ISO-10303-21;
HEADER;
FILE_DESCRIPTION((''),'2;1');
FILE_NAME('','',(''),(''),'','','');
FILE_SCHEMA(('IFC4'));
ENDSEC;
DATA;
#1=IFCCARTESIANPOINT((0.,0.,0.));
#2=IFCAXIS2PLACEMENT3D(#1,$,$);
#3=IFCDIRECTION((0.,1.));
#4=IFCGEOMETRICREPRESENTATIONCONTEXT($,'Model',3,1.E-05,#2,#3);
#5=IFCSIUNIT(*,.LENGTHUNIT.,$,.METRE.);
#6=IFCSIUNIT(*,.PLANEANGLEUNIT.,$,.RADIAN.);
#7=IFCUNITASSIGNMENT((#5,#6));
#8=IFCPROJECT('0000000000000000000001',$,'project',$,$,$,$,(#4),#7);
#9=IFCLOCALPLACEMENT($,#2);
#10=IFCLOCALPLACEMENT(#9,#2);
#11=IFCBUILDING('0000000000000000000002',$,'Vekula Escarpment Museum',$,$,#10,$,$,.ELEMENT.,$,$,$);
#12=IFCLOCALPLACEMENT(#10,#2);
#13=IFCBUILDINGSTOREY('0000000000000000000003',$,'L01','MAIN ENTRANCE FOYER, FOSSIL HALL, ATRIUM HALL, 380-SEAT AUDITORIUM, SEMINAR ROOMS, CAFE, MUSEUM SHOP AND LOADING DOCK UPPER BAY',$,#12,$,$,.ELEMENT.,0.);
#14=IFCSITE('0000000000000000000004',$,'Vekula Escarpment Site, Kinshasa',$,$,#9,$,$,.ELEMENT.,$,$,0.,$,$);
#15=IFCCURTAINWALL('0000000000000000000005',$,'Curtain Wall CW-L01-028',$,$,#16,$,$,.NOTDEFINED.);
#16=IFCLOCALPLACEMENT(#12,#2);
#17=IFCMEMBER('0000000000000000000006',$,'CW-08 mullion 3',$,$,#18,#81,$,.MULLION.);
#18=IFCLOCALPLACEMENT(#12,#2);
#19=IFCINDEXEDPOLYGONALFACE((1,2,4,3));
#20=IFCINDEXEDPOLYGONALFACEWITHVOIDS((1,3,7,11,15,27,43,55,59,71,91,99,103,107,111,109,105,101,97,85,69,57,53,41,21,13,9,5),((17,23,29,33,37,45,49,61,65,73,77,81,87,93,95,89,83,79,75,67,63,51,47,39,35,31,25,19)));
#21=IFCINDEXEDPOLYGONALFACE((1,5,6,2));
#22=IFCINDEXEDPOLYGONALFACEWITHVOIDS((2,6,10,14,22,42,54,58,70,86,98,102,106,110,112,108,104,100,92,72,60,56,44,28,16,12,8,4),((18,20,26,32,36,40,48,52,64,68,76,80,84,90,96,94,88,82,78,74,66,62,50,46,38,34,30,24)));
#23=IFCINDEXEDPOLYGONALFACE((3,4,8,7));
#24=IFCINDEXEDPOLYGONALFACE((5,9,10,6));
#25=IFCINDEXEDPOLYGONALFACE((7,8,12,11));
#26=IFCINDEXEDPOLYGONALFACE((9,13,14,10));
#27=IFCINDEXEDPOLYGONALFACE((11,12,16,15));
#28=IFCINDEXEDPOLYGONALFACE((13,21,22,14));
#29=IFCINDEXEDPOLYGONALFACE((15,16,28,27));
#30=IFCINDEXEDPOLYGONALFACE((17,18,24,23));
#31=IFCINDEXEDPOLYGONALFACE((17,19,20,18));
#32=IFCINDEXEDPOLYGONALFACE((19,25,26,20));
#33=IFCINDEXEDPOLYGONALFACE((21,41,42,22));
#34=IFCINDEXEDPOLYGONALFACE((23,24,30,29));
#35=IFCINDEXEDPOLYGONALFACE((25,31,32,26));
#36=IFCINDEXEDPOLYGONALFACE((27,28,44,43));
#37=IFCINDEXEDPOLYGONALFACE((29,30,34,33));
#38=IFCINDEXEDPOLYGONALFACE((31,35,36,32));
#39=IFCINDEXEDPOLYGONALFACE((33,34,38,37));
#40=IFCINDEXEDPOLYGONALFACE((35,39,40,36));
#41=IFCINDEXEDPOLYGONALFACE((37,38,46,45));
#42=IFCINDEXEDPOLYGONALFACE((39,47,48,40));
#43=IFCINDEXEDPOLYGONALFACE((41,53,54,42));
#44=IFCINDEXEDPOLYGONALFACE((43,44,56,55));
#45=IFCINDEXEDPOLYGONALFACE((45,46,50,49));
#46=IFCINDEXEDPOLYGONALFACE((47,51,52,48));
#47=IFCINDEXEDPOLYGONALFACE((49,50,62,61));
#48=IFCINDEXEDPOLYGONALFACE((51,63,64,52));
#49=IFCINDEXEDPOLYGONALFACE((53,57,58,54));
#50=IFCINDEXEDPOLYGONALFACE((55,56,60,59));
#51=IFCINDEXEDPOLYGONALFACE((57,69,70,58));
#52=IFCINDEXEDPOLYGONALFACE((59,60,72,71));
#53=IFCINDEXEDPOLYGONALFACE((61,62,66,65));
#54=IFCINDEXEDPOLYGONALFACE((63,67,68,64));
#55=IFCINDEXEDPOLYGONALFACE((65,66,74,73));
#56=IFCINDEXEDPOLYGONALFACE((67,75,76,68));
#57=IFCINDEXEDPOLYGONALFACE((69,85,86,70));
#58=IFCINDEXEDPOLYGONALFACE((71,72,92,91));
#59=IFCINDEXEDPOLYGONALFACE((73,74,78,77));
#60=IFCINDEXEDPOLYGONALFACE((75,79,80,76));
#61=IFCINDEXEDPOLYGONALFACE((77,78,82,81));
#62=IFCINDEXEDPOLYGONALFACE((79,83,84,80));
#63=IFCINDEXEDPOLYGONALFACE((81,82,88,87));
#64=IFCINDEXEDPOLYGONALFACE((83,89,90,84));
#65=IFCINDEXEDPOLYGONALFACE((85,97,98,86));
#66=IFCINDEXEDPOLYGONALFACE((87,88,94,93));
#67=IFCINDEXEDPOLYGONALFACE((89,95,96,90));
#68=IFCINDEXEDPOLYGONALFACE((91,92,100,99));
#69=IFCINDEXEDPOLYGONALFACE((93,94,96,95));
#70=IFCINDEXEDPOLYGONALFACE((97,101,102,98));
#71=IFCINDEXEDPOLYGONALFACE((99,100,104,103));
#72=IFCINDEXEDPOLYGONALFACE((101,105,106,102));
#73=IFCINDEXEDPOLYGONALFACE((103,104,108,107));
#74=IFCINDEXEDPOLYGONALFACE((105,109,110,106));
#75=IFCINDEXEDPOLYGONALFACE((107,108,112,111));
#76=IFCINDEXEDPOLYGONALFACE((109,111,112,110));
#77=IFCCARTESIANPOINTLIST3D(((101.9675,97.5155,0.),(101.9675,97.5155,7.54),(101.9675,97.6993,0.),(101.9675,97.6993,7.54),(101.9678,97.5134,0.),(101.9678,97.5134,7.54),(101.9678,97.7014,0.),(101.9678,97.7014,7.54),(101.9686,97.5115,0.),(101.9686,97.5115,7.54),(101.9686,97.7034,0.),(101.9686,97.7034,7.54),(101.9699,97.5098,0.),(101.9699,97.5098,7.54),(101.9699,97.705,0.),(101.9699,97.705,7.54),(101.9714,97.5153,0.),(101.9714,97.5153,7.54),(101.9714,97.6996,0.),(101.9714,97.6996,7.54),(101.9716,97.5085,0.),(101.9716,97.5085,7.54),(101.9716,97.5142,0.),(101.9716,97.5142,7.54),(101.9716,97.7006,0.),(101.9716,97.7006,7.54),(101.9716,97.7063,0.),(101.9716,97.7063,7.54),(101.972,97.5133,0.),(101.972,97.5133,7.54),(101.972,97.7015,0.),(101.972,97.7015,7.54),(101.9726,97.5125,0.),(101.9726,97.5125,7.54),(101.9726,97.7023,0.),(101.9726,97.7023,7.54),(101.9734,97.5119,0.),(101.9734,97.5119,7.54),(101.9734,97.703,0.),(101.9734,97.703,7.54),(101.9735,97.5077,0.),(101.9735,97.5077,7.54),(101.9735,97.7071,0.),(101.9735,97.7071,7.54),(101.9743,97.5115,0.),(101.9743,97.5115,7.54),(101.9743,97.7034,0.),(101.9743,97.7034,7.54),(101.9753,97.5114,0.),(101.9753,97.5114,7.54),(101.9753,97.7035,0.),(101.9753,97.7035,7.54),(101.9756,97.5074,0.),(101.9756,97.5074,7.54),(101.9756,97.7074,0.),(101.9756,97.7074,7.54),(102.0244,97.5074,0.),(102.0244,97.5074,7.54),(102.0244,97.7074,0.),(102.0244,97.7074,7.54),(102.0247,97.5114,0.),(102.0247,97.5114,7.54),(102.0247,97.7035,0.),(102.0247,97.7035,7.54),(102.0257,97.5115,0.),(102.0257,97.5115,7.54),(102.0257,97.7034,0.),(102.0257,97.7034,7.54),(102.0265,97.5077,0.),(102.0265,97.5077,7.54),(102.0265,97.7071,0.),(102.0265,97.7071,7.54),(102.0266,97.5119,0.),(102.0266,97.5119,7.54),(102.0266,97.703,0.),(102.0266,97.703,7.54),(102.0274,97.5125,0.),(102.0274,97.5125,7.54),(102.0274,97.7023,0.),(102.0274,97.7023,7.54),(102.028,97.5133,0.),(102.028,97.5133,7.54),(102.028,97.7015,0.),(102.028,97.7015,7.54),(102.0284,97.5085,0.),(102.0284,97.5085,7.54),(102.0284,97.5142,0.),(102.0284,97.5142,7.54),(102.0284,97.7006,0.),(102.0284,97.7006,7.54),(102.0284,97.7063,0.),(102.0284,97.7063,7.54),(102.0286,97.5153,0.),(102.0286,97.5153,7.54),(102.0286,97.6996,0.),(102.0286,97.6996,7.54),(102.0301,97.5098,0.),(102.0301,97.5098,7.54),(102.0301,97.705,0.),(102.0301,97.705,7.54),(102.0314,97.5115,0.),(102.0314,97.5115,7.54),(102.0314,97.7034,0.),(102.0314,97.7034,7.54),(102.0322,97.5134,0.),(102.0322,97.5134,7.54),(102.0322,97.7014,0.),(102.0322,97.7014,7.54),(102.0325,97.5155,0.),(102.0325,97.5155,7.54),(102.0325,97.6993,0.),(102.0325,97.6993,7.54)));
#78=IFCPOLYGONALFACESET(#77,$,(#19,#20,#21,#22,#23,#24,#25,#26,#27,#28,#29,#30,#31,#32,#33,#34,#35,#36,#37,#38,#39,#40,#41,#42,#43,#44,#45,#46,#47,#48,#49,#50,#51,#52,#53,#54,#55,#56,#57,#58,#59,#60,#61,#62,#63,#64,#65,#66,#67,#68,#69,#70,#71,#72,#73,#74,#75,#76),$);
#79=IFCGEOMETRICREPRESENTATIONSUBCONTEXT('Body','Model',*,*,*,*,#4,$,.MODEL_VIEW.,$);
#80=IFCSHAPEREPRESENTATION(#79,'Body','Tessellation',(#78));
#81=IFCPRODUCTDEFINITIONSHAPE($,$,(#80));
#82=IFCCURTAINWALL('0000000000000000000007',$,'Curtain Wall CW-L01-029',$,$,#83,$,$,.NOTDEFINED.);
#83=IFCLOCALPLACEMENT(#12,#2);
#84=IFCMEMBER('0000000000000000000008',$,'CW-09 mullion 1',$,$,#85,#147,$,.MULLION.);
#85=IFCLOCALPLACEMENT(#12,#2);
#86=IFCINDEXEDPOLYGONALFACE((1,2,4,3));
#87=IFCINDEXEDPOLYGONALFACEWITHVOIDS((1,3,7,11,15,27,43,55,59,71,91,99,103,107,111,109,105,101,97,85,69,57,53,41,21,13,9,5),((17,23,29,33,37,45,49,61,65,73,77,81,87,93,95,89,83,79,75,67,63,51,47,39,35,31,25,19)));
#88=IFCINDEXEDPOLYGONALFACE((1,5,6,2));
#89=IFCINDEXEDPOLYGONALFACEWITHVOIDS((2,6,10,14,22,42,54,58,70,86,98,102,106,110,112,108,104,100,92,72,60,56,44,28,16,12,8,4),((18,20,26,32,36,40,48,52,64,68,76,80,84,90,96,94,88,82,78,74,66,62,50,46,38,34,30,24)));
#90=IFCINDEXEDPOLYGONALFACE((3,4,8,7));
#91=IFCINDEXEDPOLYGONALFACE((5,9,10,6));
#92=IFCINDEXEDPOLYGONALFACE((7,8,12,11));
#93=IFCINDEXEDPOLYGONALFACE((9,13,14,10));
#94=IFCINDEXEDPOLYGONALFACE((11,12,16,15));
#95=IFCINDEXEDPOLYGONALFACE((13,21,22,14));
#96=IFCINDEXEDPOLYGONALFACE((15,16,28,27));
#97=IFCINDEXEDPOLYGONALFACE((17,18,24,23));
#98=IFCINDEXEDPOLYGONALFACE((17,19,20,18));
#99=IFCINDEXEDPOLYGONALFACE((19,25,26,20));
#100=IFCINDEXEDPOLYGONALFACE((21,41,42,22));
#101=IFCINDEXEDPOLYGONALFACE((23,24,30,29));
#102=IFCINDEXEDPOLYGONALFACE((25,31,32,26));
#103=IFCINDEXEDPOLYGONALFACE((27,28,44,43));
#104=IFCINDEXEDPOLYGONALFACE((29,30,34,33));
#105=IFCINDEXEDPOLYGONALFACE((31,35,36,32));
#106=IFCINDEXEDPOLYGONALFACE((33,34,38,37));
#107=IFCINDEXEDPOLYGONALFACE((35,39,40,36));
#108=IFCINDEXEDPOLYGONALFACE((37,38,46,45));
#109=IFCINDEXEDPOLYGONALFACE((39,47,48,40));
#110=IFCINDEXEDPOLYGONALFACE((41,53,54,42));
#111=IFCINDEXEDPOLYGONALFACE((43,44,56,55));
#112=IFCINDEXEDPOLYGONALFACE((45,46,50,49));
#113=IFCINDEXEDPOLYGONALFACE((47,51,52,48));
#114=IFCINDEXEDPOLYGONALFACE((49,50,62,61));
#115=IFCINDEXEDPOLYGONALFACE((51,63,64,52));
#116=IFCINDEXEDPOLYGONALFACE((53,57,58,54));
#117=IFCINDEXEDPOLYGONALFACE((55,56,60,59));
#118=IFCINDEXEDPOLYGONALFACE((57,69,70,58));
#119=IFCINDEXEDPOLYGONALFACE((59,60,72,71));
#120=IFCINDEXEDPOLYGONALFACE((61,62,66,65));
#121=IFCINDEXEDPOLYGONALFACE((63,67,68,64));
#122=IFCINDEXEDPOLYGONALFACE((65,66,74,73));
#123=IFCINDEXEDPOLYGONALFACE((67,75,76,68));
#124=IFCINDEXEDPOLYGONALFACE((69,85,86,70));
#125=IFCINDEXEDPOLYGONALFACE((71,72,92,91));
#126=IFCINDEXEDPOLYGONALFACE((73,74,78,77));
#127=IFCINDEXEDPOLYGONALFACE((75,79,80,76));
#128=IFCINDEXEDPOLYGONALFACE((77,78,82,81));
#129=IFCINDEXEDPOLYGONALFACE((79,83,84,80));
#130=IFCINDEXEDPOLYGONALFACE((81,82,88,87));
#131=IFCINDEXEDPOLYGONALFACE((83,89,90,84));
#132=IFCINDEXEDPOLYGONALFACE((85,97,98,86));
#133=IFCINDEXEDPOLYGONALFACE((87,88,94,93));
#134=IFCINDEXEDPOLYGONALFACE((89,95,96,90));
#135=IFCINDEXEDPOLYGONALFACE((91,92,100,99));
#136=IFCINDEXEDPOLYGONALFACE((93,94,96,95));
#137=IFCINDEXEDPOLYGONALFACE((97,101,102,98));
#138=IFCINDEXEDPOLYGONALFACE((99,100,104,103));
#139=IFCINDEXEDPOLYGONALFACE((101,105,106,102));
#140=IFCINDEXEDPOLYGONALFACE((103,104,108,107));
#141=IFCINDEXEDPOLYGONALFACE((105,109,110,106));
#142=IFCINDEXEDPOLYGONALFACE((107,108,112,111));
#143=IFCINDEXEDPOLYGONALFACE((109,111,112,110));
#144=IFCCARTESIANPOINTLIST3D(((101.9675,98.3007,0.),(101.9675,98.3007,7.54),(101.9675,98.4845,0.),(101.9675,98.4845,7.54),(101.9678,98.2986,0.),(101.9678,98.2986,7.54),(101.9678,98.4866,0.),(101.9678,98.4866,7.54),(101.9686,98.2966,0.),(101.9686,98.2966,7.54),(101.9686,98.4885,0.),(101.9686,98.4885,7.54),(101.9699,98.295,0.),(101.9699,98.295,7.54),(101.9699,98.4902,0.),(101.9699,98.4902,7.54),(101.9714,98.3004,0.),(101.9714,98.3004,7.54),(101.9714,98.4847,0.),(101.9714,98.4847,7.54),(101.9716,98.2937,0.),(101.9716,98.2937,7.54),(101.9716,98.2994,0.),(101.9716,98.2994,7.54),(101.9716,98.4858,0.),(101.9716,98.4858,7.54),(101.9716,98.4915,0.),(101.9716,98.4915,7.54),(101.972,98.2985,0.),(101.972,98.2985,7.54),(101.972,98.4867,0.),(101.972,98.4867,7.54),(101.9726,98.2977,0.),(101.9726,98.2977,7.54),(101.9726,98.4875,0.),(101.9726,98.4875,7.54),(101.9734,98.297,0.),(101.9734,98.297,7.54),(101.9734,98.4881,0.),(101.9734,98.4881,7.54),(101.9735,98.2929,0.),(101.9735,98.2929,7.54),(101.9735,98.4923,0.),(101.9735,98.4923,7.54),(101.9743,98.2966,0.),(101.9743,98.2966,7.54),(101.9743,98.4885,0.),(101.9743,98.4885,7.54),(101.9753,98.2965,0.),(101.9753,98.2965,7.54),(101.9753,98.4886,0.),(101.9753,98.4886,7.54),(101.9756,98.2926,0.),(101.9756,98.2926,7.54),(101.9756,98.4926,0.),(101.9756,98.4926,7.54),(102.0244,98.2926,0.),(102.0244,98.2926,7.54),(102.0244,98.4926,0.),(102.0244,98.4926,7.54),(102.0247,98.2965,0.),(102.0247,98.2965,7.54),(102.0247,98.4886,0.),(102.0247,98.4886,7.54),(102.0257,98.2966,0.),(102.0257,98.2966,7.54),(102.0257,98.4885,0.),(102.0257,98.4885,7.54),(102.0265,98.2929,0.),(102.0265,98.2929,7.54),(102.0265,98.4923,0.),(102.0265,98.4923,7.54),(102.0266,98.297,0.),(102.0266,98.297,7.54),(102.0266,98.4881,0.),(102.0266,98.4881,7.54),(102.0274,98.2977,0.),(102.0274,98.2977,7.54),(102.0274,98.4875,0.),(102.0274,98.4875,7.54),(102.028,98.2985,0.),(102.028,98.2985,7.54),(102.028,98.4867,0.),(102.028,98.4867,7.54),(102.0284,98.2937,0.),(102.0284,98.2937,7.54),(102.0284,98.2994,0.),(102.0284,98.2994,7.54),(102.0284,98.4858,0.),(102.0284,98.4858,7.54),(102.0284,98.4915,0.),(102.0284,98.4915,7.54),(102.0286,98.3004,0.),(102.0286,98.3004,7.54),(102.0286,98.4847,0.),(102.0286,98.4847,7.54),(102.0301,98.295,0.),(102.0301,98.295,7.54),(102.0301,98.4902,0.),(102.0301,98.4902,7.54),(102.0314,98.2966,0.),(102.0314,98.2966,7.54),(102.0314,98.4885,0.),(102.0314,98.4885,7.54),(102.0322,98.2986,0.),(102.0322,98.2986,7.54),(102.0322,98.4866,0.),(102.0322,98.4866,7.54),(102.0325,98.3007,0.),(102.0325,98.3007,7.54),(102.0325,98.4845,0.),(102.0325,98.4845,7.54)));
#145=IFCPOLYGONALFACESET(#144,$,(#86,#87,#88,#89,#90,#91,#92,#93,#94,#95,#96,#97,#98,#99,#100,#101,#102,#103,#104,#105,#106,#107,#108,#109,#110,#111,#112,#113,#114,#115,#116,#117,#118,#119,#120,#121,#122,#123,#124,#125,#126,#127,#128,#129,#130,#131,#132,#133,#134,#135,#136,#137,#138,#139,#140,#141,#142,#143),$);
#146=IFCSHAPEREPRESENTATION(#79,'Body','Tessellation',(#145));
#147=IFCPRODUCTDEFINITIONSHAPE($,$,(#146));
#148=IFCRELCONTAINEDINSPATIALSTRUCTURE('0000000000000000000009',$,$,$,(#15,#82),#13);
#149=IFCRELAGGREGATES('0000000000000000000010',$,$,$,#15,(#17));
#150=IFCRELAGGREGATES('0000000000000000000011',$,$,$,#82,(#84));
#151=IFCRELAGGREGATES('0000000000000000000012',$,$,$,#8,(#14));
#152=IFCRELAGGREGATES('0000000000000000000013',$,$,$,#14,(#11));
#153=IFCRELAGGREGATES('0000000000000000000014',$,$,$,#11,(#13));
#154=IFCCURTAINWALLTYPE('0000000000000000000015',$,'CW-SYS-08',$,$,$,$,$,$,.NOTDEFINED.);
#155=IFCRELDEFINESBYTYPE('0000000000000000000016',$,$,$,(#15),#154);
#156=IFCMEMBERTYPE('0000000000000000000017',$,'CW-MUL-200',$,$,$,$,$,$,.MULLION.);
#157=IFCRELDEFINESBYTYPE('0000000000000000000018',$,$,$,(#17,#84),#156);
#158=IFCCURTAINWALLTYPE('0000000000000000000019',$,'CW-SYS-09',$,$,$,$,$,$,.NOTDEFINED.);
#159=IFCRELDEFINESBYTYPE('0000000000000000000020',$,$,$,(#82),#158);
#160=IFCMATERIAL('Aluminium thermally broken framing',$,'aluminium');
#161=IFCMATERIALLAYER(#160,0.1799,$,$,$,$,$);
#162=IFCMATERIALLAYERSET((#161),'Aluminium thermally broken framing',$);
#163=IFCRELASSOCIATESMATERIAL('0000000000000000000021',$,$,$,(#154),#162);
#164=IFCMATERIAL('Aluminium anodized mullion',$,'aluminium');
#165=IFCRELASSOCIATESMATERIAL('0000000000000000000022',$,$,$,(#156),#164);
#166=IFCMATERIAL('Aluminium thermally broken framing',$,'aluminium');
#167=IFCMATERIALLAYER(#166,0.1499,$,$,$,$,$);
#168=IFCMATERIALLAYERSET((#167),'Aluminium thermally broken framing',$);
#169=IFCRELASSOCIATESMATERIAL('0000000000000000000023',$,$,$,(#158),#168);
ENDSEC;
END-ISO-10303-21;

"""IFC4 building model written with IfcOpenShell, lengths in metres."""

from ifc_helpers import new_model, si_unit, direction, frame, origin, origin_2d, place, context, subcontext, project, spatial, hollow_rectangle, extrude, material, layer, layer_set, material_profile, profile_set, type_object, element, aggregate, save


model = new_model("IFC4")

# Units and contexts
model_context = context("Model", 3, precision=1e-05, world=origin(), true_north=direction((0.0, 1.0)))
body_context = subcontext(model_context, "Body", "Model", "MODEL_VIEW")
ifc_project = project(units=[si_unit("LENGTHUNIT", "METRE"), si_unit("PLANEANGLEUNIT", "RADIAN")], contexts=[model_context])

# Site, building, storey
site_placement = place(None, origin())
site = spatial("IfcSite", under=ifc_project, at=site_placement, Name="Vekula Escarpment Site, Kinshasa", CompositionType="ELEMENT", RefElevation=0.0)
building_placement = place(site_placement, origin())
building = spatial("IfcBuilding", under=site, at=building_placement, Name="Vekula Escarpment Museum", CompositionType="ELEMENT")
storey_placement = place(building_placement, origin())
storey = spatial("IfcBuildingStorey", under=building, at=storey_placement, Name="L01", Description="MAIN ENTRANCE FOYER, FOSSIL HALL, ATRIUM HALL, 380-SEAT AUDITORIUM, SEMINAR ROOMS, CAFE, MUSEUM SHOP AND LOADING DOCK UPPER BAY", CompositionType="ELEMENT", Elevation=0.0)

# Curtain walls, members
ifc_material_1 = material(Name="Aluminium thermally broken framing", Category="aluminium")
ifc_layer_1 = layer(ifc_material_1, 0.1799)
ifc_layer_set_1 = layer_set([ifc_layer_1], Name="Aluminium thermally broken framing")
curtain_wall_type_1 = type_object("IfcCurtainWallType", Name="CW-SYS-08", PredefinedType="NOTDEFINED", material=ifc_layer_set_1)
curtain_wall_1_placement = place(storey_placement, origin())
curtain_wall_1 = element("IfcCurtainWall", 1, at=curtain_wall_1_placement, inside=storey, type_object=curtain_wall_type_1, Name="Curtain Wall CW-L01-028", PredefinedType="NOTDEFINED")
ifc_material_2 = material(Name="Aluminium anodized mullion", Category="aluminium")
ifc_material_profile_1 = material_profile(ifc_material_2, hollow_rectangle(XDim=0.0649, YDim=0.2, WallThickness=0.0039, InnerFilletRadius=0.0039, OuterFilletRadius=0.0081, at=origin_2d()), Name="ALU 200x65x4")
ifc_profile_set_1 = profile_set([ifc_material_profile_1], Name="Aluminium anodized mullion")
member_type_1 = type_object("IfcMemberType", Name="CW-MUL-200", PredefinedType="MULLION", material=ifc_profile_set_1)
member_1_placement = place(storey_placement, frame((102.0, 97.6074, 0.0), z_axis=(0.0, 0.0, 1.0), x_axis=(-1.0, 0.0, 0.0)))
member_1 = element("IfcMember", 2, at=member_1_placement, type_object=member_type_1, Name="CW-08 mullion 3", PredefinedType="MULLION", context=body_context, shape_type="SweptSolid", body=[
    extrude(hollow_rectangle(XDim=0.0649, YDim=0.2, WallThickness=0.0039, InnerFilletRadius=0.0039, OuterFilletRadius=0.0081, at=origin_2d()), origin(), (0.0, 0.0, 1.0), 7.54),
])
ifc_material_3 = material(Name="Aluminium thermally broken framing", Category="aluminium")
ifc_layer_2 = layer(ifc_material_3, 0.1499)
ifc_layer_set_2 = layer_set([ifc_layer_2], Name="Aluminium thermally broken framing")
curtain_wall_type_2 = type_object("IfcCurtainWallType", Name="CW-SYS-09", PredefinedType="NOTDEFINED", material=ifc_layer_set_2)
curtain_wall_2_placement = place(storey_placement, origin())
curtain_wall_2 = element("IfcCurtainWall", 3, at=curtain_wall_2_placement, inside=storey, type_object=curtain_wall_type_2, Name="Curtain Wall CW-L01-029", PredefinedType="NOTDEFINED")
member_2_placement = place(storey_placement, frame((102.0, 98.3926, 0.0), z_axis=(0.0, 0.0, 1.0), x_axis=(-1.0, 0.0, 0.0)))
member_2 = element("IfcMember", 4, at=member_2_placement, type_object=member_type_1, Name="CW-09 mullion 1", PredefinedType="MULLION", context=body_context, shape_type="SweptSolid", body=[
    extrude(hollow_rectangle(XDim=0.0649, YDim=0.2, WallThickness=0.0039, InnerFilletRadius=0.0039, OuterFilletRadius=0.0081, at=origin_2d()), origin(), (0.0, 0.0, 1.0), 7.54),
])

aggregate(curtain_wall_1, [member_1])
aggregate(curtain_wall_2, [member_2])

save(model, "model.ifc")
